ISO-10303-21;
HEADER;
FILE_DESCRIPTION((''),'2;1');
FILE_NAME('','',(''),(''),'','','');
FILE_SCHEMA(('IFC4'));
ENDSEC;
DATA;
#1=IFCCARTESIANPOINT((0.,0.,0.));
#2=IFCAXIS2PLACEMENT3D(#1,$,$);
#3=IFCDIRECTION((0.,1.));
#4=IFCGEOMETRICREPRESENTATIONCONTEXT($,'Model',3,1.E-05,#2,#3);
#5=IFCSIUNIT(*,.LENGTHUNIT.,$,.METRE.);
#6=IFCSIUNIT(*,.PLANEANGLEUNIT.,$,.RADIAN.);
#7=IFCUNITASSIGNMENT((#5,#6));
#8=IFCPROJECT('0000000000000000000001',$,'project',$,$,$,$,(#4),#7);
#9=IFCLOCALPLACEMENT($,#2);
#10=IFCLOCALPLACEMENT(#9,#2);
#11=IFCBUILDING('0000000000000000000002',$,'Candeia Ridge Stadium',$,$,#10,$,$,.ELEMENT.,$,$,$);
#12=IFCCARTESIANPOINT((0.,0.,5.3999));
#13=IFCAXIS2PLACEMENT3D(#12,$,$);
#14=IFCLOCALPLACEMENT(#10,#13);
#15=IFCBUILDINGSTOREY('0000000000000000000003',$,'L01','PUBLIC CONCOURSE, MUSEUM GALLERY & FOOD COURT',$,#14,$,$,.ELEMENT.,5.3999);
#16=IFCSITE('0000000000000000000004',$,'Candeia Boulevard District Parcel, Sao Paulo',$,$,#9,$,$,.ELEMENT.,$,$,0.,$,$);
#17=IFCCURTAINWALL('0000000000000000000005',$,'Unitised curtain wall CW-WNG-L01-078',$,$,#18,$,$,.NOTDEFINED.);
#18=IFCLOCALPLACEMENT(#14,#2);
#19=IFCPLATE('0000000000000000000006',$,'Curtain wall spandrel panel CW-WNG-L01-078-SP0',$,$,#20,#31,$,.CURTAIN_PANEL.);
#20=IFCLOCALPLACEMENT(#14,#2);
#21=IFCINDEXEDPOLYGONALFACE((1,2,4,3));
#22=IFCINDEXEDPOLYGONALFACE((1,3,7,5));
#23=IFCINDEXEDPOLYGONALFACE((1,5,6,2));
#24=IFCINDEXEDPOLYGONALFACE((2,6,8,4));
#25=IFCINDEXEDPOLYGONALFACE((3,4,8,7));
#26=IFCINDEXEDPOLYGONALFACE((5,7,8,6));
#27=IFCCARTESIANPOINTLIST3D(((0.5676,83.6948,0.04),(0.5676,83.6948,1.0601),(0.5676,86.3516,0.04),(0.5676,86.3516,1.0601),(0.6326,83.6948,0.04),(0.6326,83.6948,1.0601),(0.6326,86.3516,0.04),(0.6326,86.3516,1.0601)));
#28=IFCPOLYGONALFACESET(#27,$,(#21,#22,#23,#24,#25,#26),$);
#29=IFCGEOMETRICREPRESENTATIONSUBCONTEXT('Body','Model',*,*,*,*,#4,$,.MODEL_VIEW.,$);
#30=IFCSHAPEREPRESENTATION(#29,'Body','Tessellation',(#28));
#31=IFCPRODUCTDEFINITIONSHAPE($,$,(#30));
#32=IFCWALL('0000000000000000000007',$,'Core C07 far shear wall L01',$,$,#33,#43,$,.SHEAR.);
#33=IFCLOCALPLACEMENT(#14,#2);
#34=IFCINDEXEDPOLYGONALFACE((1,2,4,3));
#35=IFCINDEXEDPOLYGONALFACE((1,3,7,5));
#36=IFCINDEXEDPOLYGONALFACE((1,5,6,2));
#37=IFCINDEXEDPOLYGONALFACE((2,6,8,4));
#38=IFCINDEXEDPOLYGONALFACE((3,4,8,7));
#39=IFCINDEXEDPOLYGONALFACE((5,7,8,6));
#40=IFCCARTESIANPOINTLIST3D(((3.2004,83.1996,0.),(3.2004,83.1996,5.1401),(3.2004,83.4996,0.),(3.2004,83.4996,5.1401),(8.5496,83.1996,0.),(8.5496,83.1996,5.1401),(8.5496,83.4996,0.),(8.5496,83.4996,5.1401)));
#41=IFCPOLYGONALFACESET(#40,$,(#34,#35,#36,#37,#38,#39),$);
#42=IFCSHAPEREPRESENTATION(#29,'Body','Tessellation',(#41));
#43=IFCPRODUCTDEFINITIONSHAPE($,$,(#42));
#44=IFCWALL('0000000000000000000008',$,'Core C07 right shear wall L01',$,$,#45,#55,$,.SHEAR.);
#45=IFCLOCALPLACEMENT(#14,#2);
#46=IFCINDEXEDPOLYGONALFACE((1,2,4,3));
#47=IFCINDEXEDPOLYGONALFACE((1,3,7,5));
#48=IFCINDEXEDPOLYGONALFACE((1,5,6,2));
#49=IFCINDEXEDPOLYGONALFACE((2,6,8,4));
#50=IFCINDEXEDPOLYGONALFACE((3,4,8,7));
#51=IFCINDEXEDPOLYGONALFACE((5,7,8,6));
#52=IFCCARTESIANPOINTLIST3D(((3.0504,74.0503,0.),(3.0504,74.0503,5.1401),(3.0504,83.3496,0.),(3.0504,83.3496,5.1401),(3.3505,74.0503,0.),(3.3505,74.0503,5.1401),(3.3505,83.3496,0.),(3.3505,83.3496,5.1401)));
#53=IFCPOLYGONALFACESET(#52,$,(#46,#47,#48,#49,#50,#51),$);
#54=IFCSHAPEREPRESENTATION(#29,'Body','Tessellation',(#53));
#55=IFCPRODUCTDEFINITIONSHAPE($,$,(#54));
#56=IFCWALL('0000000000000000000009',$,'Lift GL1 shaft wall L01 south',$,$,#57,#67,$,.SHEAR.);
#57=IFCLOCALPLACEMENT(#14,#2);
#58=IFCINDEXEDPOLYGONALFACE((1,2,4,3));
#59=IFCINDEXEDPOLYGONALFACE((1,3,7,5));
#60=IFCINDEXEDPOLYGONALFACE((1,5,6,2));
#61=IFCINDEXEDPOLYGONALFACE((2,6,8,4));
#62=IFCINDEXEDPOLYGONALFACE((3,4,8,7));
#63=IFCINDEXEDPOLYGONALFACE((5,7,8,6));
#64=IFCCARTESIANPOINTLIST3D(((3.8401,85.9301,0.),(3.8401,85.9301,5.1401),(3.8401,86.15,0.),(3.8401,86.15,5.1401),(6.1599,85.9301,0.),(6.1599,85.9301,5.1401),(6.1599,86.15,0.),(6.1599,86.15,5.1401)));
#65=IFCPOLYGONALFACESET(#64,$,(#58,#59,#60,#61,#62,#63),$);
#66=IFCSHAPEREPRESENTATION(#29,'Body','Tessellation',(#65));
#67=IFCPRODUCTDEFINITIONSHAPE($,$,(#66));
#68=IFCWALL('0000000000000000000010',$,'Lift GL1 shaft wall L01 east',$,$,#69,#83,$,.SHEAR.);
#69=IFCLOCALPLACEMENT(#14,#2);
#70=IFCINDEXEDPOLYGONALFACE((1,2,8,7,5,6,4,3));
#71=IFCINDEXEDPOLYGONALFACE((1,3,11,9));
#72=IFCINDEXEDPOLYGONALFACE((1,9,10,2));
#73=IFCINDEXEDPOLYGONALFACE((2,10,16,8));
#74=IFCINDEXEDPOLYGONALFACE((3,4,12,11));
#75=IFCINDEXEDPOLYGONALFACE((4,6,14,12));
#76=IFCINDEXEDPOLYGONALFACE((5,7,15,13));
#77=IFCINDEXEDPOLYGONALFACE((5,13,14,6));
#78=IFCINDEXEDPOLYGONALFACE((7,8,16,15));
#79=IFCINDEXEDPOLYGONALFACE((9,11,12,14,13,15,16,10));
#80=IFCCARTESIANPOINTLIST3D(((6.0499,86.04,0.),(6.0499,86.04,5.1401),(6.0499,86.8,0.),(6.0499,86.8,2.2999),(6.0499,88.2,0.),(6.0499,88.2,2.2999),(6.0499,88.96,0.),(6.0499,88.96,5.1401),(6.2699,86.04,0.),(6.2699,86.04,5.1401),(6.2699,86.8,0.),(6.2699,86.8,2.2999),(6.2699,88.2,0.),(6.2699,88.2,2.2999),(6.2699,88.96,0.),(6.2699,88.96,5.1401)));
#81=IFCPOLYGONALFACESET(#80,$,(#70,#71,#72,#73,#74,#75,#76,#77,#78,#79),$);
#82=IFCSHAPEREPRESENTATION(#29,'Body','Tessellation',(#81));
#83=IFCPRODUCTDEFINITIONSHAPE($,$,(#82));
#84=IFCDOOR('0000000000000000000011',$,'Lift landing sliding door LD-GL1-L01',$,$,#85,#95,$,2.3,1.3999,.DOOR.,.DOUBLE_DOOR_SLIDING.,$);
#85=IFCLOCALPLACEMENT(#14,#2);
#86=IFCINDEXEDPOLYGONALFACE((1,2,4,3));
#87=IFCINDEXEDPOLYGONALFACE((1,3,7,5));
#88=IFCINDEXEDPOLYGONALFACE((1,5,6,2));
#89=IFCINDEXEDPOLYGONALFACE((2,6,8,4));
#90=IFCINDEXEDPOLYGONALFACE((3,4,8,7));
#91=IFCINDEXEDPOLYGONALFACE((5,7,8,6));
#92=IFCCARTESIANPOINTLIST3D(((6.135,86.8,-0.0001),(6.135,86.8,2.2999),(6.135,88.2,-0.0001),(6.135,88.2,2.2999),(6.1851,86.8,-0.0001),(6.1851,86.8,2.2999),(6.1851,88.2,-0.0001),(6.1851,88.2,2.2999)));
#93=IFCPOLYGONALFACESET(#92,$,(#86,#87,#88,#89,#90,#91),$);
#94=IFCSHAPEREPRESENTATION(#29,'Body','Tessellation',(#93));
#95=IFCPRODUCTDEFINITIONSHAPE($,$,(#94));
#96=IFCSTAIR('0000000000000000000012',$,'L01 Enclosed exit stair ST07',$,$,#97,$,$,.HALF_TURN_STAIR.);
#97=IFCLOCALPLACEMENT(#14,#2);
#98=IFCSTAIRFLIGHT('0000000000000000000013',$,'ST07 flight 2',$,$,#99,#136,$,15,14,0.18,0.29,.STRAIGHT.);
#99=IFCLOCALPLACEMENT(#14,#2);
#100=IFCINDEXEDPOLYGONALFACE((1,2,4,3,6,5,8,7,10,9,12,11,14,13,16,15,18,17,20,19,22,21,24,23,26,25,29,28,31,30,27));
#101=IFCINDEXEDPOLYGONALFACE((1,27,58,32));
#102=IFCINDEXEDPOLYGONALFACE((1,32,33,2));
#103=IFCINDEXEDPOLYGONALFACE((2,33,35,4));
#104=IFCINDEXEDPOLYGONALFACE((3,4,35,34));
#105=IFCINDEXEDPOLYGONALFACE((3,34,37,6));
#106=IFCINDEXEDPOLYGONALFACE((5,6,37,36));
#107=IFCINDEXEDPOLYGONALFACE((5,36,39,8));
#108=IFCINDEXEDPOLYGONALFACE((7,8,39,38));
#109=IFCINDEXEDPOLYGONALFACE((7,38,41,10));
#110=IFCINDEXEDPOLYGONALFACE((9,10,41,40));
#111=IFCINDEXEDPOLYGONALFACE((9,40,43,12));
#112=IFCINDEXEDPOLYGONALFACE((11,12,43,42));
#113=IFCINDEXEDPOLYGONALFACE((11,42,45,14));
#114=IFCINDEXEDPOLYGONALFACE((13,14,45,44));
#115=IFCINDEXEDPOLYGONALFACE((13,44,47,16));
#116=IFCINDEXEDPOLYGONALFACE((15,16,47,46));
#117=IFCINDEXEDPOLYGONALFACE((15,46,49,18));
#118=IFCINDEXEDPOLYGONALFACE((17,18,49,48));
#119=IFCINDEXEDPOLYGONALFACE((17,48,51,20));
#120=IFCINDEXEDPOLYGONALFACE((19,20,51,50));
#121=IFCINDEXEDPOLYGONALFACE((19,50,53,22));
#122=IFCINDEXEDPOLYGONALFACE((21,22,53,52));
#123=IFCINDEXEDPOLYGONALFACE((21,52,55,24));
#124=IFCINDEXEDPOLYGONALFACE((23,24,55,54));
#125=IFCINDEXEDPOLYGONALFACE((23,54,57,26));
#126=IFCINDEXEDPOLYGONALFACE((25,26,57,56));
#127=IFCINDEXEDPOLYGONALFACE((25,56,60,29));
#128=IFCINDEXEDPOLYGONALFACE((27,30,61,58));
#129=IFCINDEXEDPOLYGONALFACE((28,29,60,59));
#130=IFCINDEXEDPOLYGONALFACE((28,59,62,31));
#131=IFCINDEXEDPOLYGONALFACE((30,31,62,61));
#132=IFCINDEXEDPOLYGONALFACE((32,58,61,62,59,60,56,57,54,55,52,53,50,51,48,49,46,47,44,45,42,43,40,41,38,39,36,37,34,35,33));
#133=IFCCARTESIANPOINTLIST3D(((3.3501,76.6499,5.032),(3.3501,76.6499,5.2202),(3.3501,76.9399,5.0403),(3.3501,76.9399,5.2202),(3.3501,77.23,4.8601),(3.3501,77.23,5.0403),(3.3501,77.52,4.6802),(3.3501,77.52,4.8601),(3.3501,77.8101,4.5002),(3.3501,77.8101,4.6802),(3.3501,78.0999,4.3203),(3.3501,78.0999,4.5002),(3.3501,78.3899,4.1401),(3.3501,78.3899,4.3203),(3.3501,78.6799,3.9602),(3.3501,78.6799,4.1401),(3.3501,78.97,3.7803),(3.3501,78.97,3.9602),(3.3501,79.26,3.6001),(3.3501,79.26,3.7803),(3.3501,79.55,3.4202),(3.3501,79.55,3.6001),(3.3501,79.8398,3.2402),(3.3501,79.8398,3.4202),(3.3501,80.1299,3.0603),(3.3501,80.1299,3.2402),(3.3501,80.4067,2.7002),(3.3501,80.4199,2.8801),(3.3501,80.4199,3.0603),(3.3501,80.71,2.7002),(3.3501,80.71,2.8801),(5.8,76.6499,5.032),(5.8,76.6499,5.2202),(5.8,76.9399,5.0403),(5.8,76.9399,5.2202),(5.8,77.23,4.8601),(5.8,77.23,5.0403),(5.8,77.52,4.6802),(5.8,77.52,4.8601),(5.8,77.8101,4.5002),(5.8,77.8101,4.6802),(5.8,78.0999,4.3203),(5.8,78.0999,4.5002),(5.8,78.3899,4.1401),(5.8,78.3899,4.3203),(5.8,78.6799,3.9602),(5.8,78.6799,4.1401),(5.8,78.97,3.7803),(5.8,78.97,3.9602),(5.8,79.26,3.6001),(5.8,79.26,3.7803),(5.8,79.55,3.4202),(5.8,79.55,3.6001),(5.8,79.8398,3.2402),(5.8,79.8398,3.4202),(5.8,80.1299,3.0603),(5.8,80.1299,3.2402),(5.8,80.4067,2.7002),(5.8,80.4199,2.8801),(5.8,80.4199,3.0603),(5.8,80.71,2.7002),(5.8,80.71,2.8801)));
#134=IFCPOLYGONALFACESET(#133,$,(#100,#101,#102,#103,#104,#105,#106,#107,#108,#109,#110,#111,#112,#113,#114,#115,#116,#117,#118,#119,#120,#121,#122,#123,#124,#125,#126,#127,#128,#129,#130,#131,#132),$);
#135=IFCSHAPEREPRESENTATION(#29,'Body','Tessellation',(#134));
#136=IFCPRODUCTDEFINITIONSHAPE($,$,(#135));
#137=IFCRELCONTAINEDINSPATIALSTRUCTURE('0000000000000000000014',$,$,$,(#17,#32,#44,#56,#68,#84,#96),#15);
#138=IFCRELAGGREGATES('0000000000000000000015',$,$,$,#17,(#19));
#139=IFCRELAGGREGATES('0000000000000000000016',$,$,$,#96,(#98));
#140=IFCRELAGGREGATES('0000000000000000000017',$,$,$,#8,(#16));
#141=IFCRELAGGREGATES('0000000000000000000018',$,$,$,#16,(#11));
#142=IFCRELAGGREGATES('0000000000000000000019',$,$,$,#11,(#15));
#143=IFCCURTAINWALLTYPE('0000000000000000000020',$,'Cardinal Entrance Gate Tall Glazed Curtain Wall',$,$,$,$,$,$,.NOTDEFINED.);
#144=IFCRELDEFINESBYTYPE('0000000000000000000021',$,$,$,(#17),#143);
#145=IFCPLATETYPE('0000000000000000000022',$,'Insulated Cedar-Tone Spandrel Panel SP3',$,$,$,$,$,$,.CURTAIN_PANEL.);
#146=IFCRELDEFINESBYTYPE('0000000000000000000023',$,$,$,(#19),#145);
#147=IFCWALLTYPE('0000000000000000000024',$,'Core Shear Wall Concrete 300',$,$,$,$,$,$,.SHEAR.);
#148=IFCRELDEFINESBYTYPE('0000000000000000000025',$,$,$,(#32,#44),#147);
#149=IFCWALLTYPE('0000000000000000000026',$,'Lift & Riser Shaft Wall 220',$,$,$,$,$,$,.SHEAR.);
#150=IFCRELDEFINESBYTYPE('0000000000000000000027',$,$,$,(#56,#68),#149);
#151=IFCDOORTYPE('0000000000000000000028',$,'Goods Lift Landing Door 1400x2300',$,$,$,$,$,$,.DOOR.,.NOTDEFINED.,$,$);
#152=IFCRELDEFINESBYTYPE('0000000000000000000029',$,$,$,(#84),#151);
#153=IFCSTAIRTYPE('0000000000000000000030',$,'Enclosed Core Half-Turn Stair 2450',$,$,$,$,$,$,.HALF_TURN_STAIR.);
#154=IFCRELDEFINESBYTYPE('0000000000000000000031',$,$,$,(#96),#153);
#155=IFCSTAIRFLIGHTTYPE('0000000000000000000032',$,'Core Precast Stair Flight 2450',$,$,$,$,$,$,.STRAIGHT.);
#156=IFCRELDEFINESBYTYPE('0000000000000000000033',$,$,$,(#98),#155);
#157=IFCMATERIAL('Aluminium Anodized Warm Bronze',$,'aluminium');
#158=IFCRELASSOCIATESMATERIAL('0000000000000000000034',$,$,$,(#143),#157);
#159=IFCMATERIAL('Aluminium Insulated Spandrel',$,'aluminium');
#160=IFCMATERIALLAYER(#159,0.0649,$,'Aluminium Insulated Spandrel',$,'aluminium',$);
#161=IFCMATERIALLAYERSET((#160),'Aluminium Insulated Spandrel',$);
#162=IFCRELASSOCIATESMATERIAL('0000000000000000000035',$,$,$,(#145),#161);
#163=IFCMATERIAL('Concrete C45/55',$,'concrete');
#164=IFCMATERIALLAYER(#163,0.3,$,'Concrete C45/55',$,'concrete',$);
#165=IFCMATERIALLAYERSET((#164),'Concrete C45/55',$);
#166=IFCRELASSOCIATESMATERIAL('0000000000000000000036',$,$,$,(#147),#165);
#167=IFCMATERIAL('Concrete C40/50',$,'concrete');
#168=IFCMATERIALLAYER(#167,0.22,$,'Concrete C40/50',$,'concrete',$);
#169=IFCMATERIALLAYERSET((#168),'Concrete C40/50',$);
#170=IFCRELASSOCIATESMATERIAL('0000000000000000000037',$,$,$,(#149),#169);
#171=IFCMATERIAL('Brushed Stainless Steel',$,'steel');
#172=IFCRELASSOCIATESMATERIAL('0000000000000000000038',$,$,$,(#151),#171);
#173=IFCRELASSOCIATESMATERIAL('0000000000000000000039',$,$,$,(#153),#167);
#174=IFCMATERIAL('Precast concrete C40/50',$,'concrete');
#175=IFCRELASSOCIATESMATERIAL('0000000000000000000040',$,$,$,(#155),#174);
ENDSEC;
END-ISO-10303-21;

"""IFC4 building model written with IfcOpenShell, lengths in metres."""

from ifc_helpers import new_model, si_unit, direction, frame, frame_2d, origin, origin_2d, place, context, subcontext, project, spatial, polyline, rectangle, outline, extrude, material, layer, layer_set, type_object, element, fill, aggregate, save


model = new_model("IFC4")

# Units and contexts
model_context = context("Model", 3, precision=1e-05, world=origin(), true_north=direction((0.0, 1.0)))
body_context = subcontext(model_context, "Body", "Model", "MODEL_VIEW")
ifc_project = project(units=[si_unit("LENGTHUNIT", "METRE"), si_unit("PLANEANGLEUNIT", "RADIAN")], contexts=[model_context])

# Site, building, storey
site_placement = place(None, origin())
site = spatial("IfcSite", under=ifc_project, at=site_placement, Name="Candeia Boulevard District Parcel, Sao Paulo", CompositionType="ELEMENT", RefElevation=0.0)
building_placement = place(site_placement, origin())
building = spatial("IfcBuilding", under=site, at=building_placement, Name="Candeia Ridge Stadium", CompositionType="ELEMENT")
storey_placement = place(building_placement, frame((0.0, 0.0, 5.3999)))
storey = spatial("IfcBuildingStorey", under=building, at=storey_placement, Name="L01", Description="PUBLIC CONCOURSE, MUSEUM GALLERY & FOOD COURT", CompositionType="ELEMENT", Elevation=5.3999)

# Shared definitions
ifc_material_1 = material(Name="Concrete C40/50", Category="concrete")
ifc_material_2 = material(Name="Concrete C45/55", Category="concrete")

# Curtain wall
ifc_material_3 = material(Name="Aluminium Anodized Warm Bronze", Category="aluminium")
curtain_wall_type = type_object("IfcCurtainWallType", Name="Cardinal Entrance Gate Tall Glazed Curtain Wall", PredefinedType="NOTDEFINED", material=ifc_material_3)
curtain_wall_placement = place(storey_placement, origin())
curtain_wall = element("IfcCurtainWall", 1, at=curtain_wall_placement, inside=storey, type_object=curtain_wall_type, Name="Unitised curtain wall CW-WNG-L01-078", PredefinedType="NOTDEFINED")

# Plate
ifc_material_4 = material(Name="Aluminium Insulated Spandrel", Category="aluminium")
ifc_layer_1 = layer(ifc_material_4, 0.0649, Name="Aluminium Insulated Spandrel", Category="aluminium")
ifc_layer_set_1 = layer_set([ifc_layer_1], Name="Aluminium Insulated Spandrel")
plate_type_1 = type_object("IfcPlateType", Name="Insulated Cedar-Tone Spandrel Panel SP3", PredefinedType="CURTAIN_PANEL", material=ifc_layer_set_1)
plate_1_placement = place(storey_placement, frame((0.6001, 85.0232, 0.04), z_axis=(0.0, 0.0, 1.0), x_axis=(0.0, 1.0, 0.0)))
plate_1 = element("IfcPlate", 2, at=plate_1_placement, type_object=plate_type_1, Name="Curtain wall spandrel panel CW-WNG-L01-078-SP0", PredefinedType="CURTAIN_PANEL", context=body_context, shape_type="SweptSolid", body=[
    extrude(rectangle(XDim=2.6567, YDim=0.0649, at=origin_2d()), origin(), (0.0, 0.0, 1.0), 1.02),
])
aggregate(curtain_wall, [plate_1])

# Walls
ifc_layer_2 = layer(ifc_material_2, 0.3, Name="Concrete C45/55", Category="concrete")
ifc_layer_set_2 = layer_set([ifc_layer_2], Name="Concrete C45/55")
wall_type_1 = type_object("IfcWallType", Name="Core Shear Wall Concrete 300", PredefinedType="SHEAR", material=ifc_layer_set_2)
wall_1_placement = place(storey_placement, frame((8.5496, 83.3496, 0.0), z_axis=(0.0, 0.0, 1.0), x_axis=(-1.0, 0.0, 0.0)))
element("IfcWall", 3, at=wall_1_placement, inside=storey, type_object=wall_type_1, Name="Core C07 far shear wall L01", PredefinedType="SHEAR", context=body_context, shape_type="SweptSolid", body=[
    extrude(rectangle(XDim=5.3491, YDim=0.3, at=frame_2d((2.6746, 0.0))), origin(), (0.0, 0.0, 1.0), 5.1401),
])
wall_2_placement = place(storey_placement, frame((3.2004, 83.3496, 0.0), z_axis=(0.0, 0.0, 1.0), x_axis=(0.0, -1.0, 0.0)))
element("IfcWall", 4, at=wall_2_placement, inside=storey, type_object=wall_type_1, Name="Core C07 right shear wall L01", PredefinedType="SHEAR", context=body_context, shape_type="SweptSolid", body=[
    extrude(rectangle(XDim=9.2993, YDim=0.3, at=frame_2d((4.6497, 0.0))), origin(), (0.0, 0.0, 1.0), 5.1401),
])
ifc_layer_3 = layer(ifc_material_1, 0.22, Name="Concrete C40/50", Category="concrete")
ifc_layer_set_3 = layer_set([ifc_layer_3], Name="Concrete C40/50")
wall_type_2 = type_object("IfcWallType", Name="Lift & Riser Shaft Wall 220", PredefinedType="SHEAR", material=ifc_layer_set_3)
wall_3_placement = place(storey_placement, frame((3.8401, 86.04, 0.0), z_axis=(0.0, 0.0, 1.0), x_axis=(1.0, 0.0, 0.0)))
element("IfcWall", 5, at=wall_3_placement, inside=storey, type_object=wall_type_2, Name="Lift GL1 shaft wall L01 south", PredefinedType="SHEAR", context=body_context, shape_type="SweptSolid", body=[
    extrude(rectangle(XDim=2.3198, YDim=0.22, at=frame_2d((1.1599, 0.0))), origin(), (0.0, 0.0, 1.0), 5.1401),
])

# Wall, opening, door
wall_4_placement = place(storey_placement, frame((6.1599, 86.04, 0.0), z_axis=(0.0, 0.0, 1.0), x_axis=(0.0, 1.0, 0.0)))
wall_4 = element("IfcWall", 6, at=wall_4_placement, inside=storey, type_object=wall_type_2, Name="Lift GL1 shaft wall L01 east", PredefinedType="SHEAR", context=body_context, shape_type="SweptSolid", body=[
    extrude(rectangle(XDim=2.9199, YDim=0.22, at=frame_2d((1.46, 0.0))), origin(), (0.0, 0.0, 1.0), 5.1401),
])
opening_placement = place(wall_4_placement, frame((0.76, 0.0, 0.0)))
opening = element("IfcOpeningElement", 7, at=opening_placement, cuts=wall_4, PredefinedType="OPENING", context=body_context, shape_type="SweptSolid", body=[
    extrude(rectangle(XDim=1.3999, YDim=2.3, at=frame_2d((0.7, 1.1499))), frame((0.0, 0.1199, 0.0), z_axis=(0.0, -1.0, 0.0), x_axis=(1.0, 0.0, 0.0)), (0.0, 0.0, 1.0), 0.24),
])
ifc_material_5 = material(Name="Brushed Stainless Steel", Category="steel")
door_type = type_object("IfcDoorType", Name="Goods Lift Landing Door 1400x2300", OperationType="NOTDEFINED", PredefinedType="DOOR", material=ifc_material_5)
door_placement = place(opening_placement, origin())
door = element("IfcDoor", 8, at=door_placement, inside=storey, type_object=door_type, Name="Lift landing sliding door LD-GL1-L01", OperationType="DOUBLE_DOOR_SLIDING", OverallHeight=2.3, OverallWidth=1.3999, PredefinedType="DOOR", context=body_context, shape_type="SweptSolid", body=[
    extrude(rectangle(XDim=1.3999, YDim=2.3, at=frame_2d((0.7, 1.1499))), frame((0.0, 0.0249, 0.0), z_axis=(0.0, -1.0, 0.0), x_axis=(1.0, 0.0, 0.0)), (0.0, 0.0, 1.0), 0.05),
])
fill(opening, door)

# Stair, stair flight
stair_type = type_object("IfcStairType", Name="Enclosed Core Half-Turn Stair 2450", PredefinedType="HALF_TURN_STAIR", material=ifc_material_1)
stair_placement = place(storey_placement, origin())
stair = element("IfcStair", 9, at=stair_placement, inside=storey, type_object=stair_type, Name="L01 Enclosed exit stair ST07", PredefinedType="HALF_TURN_STAIR")
ifc_material_6 = material(Name="Precast concrete C40/50", Category="concrete")
stair_flight_type = type_object("IfcStairFlightType", Name="Core Precast Stair Flight 2450", PredefinedType="STRAIGHT", material=ifc_material_6)
stair_flight_placement = place(storey_placement, frame((4.575, 80.71, 2.7002), z_axis=(0.0, 0.0, 1.0), x_axis=(0.0, -1.0, 0.0)))
stair_flight = element("IfcStairFlight", 10, at=stair_flight_placement, type_object=stair_flight_type, Name="ST07 flight 2", NumberOfRisers=15, NumberOfTreads=14, PredefinedType="STRAIGHT", RiserHeight=0.18, TreadLength=0.29, context=body_context, shape_type="SweptSolid", body=[
    extrude(outline(polyline([(0.0, 0.0), (0.0, 0.1799), (0.29, 0.1799), (0.29, 0.3601), (0.5801, 0.3601), (0.5801, 0.54), (0.8701, 0.54), (0.8701, 0.72), (1.1599, 0.72), (1.1599, 0.8999), (1.45, 0.8999), (1.45, 1.0801), (1.74, 1.0801), (1.74, 1.26), (2.03, 1.26), (2.03, 1.4399), (2.3201, 1.4399), (2.3201, 1.6201), (2.6101, 1.6201), (2.6101, 1.8), (2.8999, 1.8), (2.8999, 1.98), (3.1899, 1.98), (3.1899, 2.1599), (3.48, 2.1599), (3.48, 2.3401), (3.77, 2.3401), (3.77, 2.52), (4.0601, 2.52), (4.0601, 2.7), (4.0601, 2.3318), (0.3032, 0.0), (0.0, 0.0)])), frame((0.0, 1.2251, 0.0), z_axis=(0.0, -1.0, 0.0), x_axis=(1.0, 0.0, 0.0)), (0.0, 0.0, 1.0), 2.45),
])
aggregate(stair, [stair_flight])

save(model, "model.ifc")
